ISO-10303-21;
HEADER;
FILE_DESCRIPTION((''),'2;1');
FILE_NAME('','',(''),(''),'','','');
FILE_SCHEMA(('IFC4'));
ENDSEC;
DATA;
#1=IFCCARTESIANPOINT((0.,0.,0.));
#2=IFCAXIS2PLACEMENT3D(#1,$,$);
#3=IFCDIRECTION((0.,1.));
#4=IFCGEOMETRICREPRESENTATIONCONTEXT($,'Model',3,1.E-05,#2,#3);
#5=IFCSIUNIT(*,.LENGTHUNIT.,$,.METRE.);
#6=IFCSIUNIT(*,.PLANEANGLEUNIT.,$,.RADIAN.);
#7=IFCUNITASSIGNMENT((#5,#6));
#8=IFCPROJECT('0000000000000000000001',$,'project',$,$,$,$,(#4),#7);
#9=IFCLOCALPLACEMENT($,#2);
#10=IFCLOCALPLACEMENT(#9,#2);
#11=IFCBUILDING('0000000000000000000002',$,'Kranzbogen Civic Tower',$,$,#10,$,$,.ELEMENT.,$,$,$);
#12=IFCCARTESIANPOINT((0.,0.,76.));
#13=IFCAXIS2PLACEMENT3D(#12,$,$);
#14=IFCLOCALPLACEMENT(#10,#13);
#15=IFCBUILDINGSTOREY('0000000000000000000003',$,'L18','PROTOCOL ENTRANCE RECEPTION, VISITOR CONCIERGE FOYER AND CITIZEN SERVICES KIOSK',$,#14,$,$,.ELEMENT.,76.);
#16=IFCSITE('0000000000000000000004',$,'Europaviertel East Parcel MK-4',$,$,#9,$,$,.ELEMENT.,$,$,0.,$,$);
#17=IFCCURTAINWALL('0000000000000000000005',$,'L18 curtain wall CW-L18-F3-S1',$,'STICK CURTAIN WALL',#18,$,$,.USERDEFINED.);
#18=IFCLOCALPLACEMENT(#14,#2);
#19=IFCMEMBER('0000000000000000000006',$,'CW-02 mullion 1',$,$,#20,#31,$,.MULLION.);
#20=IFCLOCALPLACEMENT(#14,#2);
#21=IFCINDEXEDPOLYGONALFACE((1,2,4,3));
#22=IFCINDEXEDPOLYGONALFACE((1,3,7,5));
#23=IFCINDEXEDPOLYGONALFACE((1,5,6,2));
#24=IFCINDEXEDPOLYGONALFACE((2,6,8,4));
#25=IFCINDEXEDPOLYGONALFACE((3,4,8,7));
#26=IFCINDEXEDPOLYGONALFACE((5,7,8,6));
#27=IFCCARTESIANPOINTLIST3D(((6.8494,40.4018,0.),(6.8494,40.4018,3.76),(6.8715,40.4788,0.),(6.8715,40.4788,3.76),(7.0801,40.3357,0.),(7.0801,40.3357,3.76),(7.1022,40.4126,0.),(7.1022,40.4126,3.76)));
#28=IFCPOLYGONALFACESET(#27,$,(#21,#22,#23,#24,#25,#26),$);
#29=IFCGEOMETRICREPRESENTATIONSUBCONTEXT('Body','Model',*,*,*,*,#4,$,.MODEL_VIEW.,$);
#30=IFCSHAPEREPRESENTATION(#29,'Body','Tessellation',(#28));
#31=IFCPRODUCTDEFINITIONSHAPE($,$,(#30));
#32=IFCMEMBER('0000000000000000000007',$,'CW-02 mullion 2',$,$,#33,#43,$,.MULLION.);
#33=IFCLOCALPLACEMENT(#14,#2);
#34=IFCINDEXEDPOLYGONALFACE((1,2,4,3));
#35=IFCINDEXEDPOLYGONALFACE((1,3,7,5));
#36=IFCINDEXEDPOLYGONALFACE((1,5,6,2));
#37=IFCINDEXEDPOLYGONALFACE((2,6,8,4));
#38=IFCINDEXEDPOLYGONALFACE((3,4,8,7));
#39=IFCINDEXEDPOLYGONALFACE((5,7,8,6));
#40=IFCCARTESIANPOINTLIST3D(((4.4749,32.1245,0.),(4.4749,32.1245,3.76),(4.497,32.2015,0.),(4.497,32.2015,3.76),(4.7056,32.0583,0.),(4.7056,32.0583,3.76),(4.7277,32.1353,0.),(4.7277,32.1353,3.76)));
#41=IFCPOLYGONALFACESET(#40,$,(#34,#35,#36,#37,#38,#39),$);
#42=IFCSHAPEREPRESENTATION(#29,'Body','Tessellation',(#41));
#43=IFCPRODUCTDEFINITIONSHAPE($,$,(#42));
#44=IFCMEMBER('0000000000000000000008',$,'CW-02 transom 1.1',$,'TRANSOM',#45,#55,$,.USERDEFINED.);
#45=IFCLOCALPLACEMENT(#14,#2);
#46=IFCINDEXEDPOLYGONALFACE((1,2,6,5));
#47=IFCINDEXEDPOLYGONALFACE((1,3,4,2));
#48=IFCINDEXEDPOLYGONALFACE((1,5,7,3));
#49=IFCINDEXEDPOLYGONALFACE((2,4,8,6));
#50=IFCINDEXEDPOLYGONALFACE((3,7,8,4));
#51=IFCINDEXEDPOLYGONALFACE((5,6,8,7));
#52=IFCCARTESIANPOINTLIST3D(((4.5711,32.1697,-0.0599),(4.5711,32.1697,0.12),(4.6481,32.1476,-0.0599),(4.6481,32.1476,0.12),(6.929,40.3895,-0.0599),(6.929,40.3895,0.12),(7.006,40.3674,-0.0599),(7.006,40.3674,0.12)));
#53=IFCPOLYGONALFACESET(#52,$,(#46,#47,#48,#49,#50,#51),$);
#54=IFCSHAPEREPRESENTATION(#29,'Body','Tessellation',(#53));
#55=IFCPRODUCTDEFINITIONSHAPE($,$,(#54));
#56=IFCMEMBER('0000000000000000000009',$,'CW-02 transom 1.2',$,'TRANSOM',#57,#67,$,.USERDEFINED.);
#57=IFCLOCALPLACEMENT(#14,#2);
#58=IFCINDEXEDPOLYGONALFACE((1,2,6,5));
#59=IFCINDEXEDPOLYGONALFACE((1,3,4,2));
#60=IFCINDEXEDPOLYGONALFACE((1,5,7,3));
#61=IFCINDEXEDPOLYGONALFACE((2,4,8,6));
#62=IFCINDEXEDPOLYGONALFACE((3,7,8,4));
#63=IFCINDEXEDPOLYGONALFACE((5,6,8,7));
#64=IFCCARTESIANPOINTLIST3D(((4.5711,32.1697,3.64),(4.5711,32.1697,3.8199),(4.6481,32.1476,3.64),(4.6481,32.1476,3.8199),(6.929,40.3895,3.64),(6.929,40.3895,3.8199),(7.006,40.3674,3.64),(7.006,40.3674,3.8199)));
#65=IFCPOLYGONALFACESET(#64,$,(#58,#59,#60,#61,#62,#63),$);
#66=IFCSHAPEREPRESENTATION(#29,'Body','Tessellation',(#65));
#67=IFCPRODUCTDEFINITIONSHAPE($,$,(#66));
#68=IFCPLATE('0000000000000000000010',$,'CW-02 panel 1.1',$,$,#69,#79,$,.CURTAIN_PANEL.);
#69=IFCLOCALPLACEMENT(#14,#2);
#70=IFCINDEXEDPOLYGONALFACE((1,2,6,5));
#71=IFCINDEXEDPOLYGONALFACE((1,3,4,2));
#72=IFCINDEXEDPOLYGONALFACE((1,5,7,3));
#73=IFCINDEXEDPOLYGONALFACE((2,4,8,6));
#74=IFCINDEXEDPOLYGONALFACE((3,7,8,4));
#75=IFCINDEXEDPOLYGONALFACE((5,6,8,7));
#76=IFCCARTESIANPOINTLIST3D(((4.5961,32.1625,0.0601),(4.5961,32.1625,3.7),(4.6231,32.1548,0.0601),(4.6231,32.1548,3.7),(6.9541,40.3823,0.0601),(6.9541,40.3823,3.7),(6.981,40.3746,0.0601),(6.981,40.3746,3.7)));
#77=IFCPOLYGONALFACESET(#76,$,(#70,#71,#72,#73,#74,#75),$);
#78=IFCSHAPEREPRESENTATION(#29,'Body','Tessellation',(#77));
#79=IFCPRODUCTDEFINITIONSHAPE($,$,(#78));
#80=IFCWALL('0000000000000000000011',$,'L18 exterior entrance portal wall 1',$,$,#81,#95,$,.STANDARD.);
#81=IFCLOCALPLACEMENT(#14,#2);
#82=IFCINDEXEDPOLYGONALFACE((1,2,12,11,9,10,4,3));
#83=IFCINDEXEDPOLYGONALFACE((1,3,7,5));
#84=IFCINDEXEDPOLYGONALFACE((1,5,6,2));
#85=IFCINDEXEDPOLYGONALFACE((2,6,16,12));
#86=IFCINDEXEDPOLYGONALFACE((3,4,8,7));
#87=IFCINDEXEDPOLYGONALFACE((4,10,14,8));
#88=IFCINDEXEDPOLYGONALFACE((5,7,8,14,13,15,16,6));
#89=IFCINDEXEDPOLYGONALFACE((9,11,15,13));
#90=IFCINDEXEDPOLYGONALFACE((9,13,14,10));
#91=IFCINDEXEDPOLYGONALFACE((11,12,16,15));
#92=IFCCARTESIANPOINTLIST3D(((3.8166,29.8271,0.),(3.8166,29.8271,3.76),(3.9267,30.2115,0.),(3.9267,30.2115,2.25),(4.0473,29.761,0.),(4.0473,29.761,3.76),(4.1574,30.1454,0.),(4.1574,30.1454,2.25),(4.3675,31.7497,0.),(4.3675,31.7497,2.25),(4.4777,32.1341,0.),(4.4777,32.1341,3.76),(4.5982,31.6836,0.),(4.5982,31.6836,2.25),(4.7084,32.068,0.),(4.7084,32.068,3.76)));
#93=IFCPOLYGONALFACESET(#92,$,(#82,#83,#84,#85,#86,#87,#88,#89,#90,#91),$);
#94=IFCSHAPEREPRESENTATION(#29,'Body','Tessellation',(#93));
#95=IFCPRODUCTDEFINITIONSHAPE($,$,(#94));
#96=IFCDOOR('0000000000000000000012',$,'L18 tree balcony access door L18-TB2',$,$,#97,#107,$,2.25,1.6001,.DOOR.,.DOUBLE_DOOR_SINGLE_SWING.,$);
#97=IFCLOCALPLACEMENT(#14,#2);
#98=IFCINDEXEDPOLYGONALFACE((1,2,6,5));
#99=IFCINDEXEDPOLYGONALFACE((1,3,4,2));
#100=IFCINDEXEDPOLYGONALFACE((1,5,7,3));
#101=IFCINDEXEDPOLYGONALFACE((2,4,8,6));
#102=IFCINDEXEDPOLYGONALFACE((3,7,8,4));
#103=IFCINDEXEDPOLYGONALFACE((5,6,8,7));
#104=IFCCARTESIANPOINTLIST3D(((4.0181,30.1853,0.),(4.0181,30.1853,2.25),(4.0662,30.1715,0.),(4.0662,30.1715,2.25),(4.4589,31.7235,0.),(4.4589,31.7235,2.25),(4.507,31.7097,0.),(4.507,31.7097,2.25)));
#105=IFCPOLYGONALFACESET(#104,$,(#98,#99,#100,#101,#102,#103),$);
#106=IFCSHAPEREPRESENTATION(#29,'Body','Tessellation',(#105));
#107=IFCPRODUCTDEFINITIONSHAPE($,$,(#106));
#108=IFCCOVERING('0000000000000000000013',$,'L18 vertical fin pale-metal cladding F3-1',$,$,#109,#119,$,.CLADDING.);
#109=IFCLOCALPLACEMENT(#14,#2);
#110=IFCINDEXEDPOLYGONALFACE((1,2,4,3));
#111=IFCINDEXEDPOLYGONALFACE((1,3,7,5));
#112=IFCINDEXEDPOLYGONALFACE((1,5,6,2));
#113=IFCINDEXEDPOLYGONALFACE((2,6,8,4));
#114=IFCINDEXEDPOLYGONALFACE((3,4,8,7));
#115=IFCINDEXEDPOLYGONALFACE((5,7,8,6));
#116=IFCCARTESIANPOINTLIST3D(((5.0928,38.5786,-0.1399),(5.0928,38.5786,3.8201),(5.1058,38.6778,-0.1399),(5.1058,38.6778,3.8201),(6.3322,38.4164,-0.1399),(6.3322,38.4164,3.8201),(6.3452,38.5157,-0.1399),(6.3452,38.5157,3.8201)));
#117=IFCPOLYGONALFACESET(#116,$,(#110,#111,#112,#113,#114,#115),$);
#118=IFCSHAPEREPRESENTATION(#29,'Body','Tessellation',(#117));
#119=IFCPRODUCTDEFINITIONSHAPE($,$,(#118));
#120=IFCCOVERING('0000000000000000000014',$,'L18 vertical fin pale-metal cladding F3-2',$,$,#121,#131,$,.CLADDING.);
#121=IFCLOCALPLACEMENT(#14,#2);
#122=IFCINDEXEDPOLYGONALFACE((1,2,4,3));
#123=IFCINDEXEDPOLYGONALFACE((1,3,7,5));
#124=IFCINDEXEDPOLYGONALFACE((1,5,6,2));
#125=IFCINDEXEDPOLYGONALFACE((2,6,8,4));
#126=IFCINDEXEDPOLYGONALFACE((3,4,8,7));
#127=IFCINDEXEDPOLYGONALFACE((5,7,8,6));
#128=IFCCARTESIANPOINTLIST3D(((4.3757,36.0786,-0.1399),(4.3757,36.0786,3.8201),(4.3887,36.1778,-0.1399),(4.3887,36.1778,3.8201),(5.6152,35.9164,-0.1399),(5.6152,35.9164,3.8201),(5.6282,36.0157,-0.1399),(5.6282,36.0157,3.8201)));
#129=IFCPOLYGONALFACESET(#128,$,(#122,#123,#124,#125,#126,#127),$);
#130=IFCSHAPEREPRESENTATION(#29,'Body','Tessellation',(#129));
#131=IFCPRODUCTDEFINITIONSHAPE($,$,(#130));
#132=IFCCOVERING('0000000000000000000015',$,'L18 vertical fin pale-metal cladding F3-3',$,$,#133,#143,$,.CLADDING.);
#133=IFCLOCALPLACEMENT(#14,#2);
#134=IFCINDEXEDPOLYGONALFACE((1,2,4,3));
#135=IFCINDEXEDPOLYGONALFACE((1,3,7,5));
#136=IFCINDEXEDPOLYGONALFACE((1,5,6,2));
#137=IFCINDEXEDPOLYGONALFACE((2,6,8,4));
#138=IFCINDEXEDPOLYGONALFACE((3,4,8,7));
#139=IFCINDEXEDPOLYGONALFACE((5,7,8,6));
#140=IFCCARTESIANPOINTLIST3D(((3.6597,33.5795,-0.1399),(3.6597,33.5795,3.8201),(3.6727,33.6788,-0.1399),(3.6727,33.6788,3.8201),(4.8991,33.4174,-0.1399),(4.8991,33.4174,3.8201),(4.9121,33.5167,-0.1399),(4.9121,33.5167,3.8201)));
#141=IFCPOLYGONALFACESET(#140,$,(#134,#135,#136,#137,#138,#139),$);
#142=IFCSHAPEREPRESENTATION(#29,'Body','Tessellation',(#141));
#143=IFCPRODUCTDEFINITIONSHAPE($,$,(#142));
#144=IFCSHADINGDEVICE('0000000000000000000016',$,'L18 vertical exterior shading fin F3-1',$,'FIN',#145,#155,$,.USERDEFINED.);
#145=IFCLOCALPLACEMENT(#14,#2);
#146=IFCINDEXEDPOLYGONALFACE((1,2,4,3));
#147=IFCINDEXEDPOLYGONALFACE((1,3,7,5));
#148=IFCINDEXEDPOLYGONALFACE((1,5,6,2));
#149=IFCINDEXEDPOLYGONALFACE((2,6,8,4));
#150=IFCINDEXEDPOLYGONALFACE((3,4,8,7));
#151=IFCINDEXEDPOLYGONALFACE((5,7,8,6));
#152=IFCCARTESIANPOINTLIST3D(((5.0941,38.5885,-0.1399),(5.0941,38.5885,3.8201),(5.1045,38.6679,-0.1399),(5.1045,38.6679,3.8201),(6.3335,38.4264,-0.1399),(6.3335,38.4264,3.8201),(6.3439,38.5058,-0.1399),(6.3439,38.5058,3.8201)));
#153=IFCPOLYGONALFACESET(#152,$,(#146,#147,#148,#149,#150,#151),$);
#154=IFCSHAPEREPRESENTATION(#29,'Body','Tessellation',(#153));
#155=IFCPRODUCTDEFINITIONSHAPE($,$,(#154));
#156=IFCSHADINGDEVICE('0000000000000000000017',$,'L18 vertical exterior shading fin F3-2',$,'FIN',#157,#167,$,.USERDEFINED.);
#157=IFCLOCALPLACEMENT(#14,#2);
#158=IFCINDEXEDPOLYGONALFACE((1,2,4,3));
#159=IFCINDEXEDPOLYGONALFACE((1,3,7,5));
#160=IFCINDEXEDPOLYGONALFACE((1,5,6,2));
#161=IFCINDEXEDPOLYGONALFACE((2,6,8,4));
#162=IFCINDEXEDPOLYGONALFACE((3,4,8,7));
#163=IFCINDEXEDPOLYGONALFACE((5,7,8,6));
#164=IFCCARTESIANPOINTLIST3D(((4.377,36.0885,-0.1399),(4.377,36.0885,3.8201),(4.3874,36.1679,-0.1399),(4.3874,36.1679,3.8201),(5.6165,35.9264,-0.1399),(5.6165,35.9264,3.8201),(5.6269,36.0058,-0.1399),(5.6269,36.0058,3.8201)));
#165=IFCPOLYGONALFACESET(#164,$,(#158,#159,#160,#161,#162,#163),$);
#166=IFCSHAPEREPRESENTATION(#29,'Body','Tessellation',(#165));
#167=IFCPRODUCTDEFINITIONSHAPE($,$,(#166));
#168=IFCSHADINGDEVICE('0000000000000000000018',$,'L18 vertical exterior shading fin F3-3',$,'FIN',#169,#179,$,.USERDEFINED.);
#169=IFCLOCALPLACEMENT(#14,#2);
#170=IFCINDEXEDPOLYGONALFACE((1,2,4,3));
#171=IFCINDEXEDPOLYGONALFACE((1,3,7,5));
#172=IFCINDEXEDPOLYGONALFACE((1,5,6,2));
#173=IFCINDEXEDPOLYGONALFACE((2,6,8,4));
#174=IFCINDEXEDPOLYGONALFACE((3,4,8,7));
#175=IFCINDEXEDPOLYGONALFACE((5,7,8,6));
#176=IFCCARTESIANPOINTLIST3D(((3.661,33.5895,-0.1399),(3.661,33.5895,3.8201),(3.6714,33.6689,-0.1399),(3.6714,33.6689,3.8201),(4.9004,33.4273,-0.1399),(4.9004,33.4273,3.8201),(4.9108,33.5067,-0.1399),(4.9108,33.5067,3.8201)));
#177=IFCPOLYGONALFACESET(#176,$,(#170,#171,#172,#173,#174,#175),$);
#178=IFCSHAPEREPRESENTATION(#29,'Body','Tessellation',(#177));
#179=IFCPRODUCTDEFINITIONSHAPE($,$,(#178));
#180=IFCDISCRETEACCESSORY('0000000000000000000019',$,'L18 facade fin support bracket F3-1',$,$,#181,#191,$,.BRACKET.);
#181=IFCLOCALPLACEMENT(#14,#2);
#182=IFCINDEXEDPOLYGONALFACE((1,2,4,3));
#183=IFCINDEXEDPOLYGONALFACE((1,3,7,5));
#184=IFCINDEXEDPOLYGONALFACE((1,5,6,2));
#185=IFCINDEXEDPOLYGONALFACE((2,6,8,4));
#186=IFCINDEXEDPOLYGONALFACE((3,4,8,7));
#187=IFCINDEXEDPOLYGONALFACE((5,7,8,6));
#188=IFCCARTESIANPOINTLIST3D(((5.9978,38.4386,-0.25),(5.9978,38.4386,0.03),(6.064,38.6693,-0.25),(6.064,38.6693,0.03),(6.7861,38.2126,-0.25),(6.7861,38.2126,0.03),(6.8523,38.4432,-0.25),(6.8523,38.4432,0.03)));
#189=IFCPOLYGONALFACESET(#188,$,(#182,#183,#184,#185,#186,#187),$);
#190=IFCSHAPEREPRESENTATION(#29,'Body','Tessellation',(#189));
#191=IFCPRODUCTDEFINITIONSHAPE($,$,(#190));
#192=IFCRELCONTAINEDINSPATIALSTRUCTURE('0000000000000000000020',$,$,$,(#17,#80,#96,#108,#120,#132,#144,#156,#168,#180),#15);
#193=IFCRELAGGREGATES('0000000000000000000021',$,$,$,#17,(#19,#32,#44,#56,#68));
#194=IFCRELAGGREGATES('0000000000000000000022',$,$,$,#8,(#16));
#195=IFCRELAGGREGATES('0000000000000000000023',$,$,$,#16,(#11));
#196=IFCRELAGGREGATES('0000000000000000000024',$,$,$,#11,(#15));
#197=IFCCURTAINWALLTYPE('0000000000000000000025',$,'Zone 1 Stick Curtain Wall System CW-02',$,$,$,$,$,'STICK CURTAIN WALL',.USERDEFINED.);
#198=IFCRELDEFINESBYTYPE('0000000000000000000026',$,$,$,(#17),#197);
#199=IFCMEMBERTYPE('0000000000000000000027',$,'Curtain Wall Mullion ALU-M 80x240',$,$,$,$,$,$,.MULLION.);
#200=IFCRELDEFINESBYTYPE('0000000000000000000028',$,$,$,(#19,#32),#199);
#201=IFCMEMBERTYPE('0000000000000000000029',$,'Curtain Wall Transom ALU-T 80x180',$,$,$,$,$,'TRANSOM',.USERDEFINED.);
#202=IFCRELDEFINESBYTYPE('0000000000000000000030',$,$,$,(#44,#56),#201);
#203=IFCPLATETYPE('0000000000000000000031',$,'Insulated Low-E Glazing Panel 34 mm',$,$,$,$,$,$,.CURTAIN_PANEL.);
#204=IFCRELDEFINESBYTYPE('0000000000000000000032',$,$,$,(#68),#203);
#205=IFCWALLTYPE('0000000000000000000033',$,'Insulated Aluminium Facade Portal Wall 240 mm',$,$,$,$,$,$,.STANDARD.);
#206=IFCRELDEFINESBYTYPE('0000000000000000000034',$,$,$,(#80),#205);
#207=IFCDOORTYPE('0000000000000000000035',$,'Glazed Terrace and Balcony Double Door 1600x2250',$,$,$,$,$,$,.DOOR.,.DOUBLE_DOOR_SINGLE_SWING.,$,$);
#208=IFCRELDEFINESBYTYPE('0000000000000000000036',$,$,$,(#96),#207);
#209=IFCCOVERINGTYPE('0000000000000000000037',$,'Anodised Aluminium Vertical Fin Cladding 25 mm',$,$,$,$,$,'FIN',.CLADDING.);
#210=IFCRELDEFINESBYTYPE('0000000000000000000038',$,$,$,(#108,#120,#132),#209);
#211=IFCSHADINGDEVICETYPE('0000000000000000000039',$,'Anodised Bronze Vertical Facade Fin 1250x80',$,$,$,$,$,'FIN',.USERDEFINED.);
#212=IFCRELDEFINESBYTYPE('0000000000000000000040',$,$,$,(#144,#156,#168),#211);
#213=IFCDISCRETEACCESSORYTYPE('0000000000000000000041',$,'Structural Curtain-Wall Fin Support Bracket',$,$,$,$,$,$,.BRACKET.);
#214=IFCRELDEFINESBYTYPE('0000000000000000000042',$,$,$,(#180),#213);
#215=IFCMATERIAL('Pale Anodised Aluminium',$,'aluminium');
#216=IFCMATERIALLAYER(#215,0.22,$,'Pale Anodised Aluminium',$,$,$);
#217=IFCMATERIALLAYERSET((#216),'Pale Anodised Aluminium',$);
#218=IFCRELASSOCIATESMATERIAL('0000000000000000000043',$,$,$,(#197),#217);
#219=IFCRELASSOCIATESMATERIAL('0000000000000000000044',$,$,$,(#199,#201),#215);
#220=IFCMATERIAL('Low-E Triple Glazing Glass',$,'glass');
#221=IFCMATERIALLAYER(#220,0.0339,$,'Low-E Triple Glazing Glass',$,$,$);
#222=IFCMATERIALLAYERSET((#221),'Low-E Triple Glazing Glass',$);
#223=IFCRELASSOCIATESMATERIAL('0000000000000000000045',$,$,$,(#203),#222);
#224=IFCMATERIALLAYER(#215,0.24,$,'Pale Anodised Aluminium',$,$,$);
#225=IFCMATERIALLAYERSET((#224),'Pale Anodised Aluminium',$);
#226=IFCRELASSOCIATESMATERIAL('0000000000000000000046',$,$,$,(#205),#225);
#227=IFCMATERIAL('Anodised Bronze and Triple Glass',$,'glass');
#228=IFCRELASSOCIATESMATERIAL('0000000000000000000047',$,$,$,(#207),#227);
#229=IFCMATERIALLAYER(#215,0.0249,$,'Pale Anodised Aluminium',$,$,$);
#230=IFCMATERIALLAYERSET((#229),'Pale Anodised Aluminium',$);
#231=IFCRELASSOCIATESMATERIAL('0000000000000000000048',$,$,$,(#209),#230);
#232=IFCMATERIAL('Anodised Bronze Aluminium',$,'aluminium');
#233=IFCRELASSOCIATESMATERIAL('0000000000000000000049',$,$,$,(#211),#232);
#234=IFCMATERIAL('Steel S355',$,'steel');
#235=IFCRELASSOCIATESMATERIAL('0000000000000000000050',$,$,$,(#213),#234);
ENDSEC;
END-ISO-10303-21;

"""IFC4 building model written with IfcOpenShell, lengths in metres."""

from ifc_helpers import new_model, si_unit, direction, frame, frame_2d, origin, origin_2d, place, context, subcontext, project, spatial, rectangle, extrude, material, layer, layer_set, material_profile, profile_set, type_object, element, fill, aggregate, save


model = new_model("IFC4")

# Units and contexts
model_context = context("Model", 3, precision=1e-05, world=origin(), true_north=direction((0.0, 1.0)))
body_context = subcontext(model_context, "Body", "Model", "MODEL_VIEW")
ifc_project = project(units=[si_unit("LENGTHUNIT", "METRE"), si_unit("PLANEANGLEUNIT", "RADIAN")], contexts=[model_context])

# Site, building, storey
site_placement = place(None, origin())
site = spatial("IfcSite", under=ifc_project, at=site_placement, Name="Europaviertel East Parcel MK-4", CompositionType="ELEMENT", RefElevation=0.0)
building_placement = place(site_placement, origin())
building = spatial("IfcBuilding", under=site, at=building_placement, Name="Kranzbogen Civic Tower", CompositionType="ELEMENT")
storey_placement = place(building_placement, frame((0.0, 0.0, 76.0)))
storey = spatial("IfcBuildingStorey", under=building, at=storey_placement, Name="L18", Description="PROTOCOL ENTRANCE RECEPTION, VISITOR CONCIERGE FOYER AND CITIZEN SERVICES KIOSK", CompositionType="ELEMENT", Elevation=76.0)

# Curtain wall, members, plate
ifc_material_1 = material(Name="Pale Anodised Aluminium", Category="aluminium")
ifc_layer_1 = layer(ifc_material_1, 0.22, Name="Pale Anodised Aluminium")
ifc_layer_set_1 = layer_set([ifc_layer_1], Name="Pale Anodised Aluminium")
curtain_wall_type = type_object("IfcCurtainWallType", Name="Zone 1 Stick Curtain Wall System CW-02", ElementType="STICK CURTAIN WALL", PredefinedType="USERDEFINED", material=ifc_layer_set_1)
curtain_wall_placement = place(storey_placement, origin())
curtain_wall = element("IfcCurtainWall", 1, at=curtain_wall_placement, inside=storey, type_object=curtain_wall_type, Name="L18 curtain wall CW-L18-F3-S1", ObjectType="STICK CURTAIN WALL", PredefinedType="USERDEFINED")
ifc_material_profile_1 = material_profile(ifc_material_1, rectangle(XDim=0.0801, YDim=0.24, at=origin_2d()), Name="ALU-M 80x240")
ifc_profile_set_1 = profile_set([ifc_material_profile_1], Name="Pale Anodised Aluminium")
member_type_1 = type_object("IfcMemberType", Name="Curtain Wall Mullion ALU-M 80x240", PredefinedType="MULLION", material=ifc_profile_set_1)
member_1_placement = place(storey_placement, frame((6.9758, 40.4072, 0.0), z_axis=(0.0, 0.0, 1.0), x_axis=(-0.275741, -0.961232, 0.0)))
member_1 = element("IfcMember", 2, at=member_1_placement, type_object=member_type_1, Name="CW-02 mullion 1", PredefinedType="MULLION", context=body_context, shape_type="SweptSolid", body=[
    extrude(rectangle(XDim=0.0801, YDim=0.24, at=origin_2d()), origin(), (0.0, 0.0, 1.0), 3.76),
])
member_2_placement = place(storey_placement, frame((4.6013, 32.1299, 0.0), z_axis=(0.0, 0.0, 1.0), x_axis=(-0.275741, -0.961232, 0.0)))
member_2 = element("IfcMember", 3, at=member_2_placement, type_object=member_type_1, Name="CW-02 mullion 2", PredefinedType="MULLION", context=body_context, shape_type="SweptSolid", body=[
    extrude(rectangle(XDim=0.0801, YDim=0.24, at=origin_2d()), origin(), (0.0, 0.0, 1.0), 3.76),
])
ifc_material_profile_2 = material_profile(ifc_material_1, rectangle(XDim=0.0801, YDim=0.1799, at=origin_2d()), Name="ALU-T 80x180")
ifc_profile_set_2 = profile_set([ifc_material_profile_2], Name="Pale Anodised Aluminium")
member_type_2 = type_object("IfcMemberType", Name="Curtain Wall Transom ALU-T 80x180", ElementType="TRANSOM", PredefinedType="USERDEFINED", material=ifc_profile_set_2)
member_3_placement = place(storey_placement, frame((6.9675, 40.3784, 0.03), z_axis=(-0.275739, -0.961233, 0.0), x_axis=(0.961233, -0.275739, 0.0)))
member_3 = element("IfcMember", 4, at=member_3_placement, type_object=member_type_2, Name="CW-02 transom 1.1", ObjectType="TRANSOM", PredefinedType="USERDEFINED", context=body_context, shape_type="SweptSolid", body=[
    extrude(rectangle(XDim=0.0801, YDim=0.1799, at=origin_2d()), origin(), (0.0, 0.0, 1.0), 8.5513),
])
member_4_placement = place(storey_placement, frame((6.9675, 40.3784, 3.73), z_axis=(-0.275739, -0.961233, 0.0), x_axis=(0.961233, -0.275739, 0.0)))
member_4 = element("IfcMember", 5, at=member_4_placement, type_object=member_type_2, Name="CW-02 transom 1.2", ObjectType="TRANSOM", PredefinedType="USERDEFINED", context=body_context, shape_type="SweptSolid", body=[
    extrude(rectangle(XDim=0.0801, YDim=0.1799, at=origin_2d()), origin(), (0.0, 0.0, 1.0), 8.5513),
])
ifc_material_2 = material(Name="Low-E Triple Glazing Glass", Category="glass")
ifc_layer_2 = layer(ifc_material_2, 0.0339, Name="Low-E Triple Glazing Glass")
ifc_layer_set_2 = layer_set([ifc_layer_2], Name="Low-E Triple Glazing Glass")
plate_type = type_object("IfcPlateType", Name="Insulated Low-E Glazing Panel 34 mm", PredefinedType="CURTAIN_PANEL", material=ifc_layer_set_2)
plate_placement = place(storey_placement, frame((5.7886, 36.2686, 0.0601), z_axis=(0.0, 0.0, 1.0), x_axis=(-0.275741, -0.961232, 0.0)))
plate = element("IfcPlate", 6, at=plate_placement, type_object=plate_type, Name="CW-02 panel 1.1", PredefinedType="CURTAIN_PANEL", context=body_context, shape_type="SweptSolid", body=[
    extrude(rectangle(XDim=8.5513, YDim=0.0281, at=origin_2d()), origin(), (0.0, 0.0, 1.0), 3.6399),
])
aggregate(curtain_wall, [member_1, member_2, member_3, member_4, plate])

# Wall, opening, door
ifc_layer_3 = layer(ifc_material_1, 0.24, Name="Pale Anodised Aluminium")
ifc_layer_set_3 = layer_set([ifc_layer_3], Name="Pale Anodised Aluminium")
wall_type = type_object("IfcWallType", Name="Insulated Aluminium Facade Portal Wall 240 mm", PredefinedType="STANDARD", material=ifc_layer_set_3)
wall_placement = place(storey_placement, frame((4.593, 32.1011, 0.0), z_axis=(0.0, 0.0, 1.0), x_axis=(-0.275473, -0.961309, 0.0)))
wall = element("IfcWall", 7, at=wall_placement, inside=storey, type_object=wall_type, Name="L18 exterior entrance portal wall 1", PredefinedType="STANDARD", context=body_context, shape_type="SweptSolid", body=[
    extrude(rectangle(XDim=2.3999, YDim=0.24, at=frame_2d((1.2, 0.0))), origin(), (0.0, 0.0, 1.0), 3.76),
])
opening_placement = place(wall_placement, frame((0.3999, 0.0, 0.0)))
opening = element("IfcOpeningElement", 8, at=opening_placement, cuts=wall, PredefinedType="OPENING", context=body_context, shape_type="SweptSolid", body=[
    extrude(rectangle(XDim=1.6001, YDim=2.25, at=frame_2d((0.8, 1.125))), frame((0.0, 0.1299, 0.0), z_axis=(0.0, -1.0, 0.0), x_axis=(1.0, 0.0, 0.0)), (0.0, 0.0, 1.0), 0.26),
])
ifc_material_3 = material(Name="Anodised Bronze and Triple Glass", Category="glass")
door_type = type_object("IfcDoorType", Name="Glazed Terrace and Balcony Double Door 1600x2250", OperationType="DOUBLE_DOOR_SINGLE_SWING", PredefinedType="DOOR", material=ifc_material_3)
door_placement = place(opening_placement, frame((1.6001, 0.0, 0.0), z_axis=(0.0, 0.0, 1.0), x_axis=(-1.0, 0.0, 0.0)))
door = element("IfcDoor", 9, at=door_placement, inside=storey, type_object=door_type, Name="L18 tree balcony access door L18-TB2", OperationType="DOUBLE_DOOR_SINGLE_SWING", OverallHeight=2.25, OverallWidth=1.6001, PredefinedType="DOOR", context=body_context, shape_type="SweptSolid", body=[
    extrude(rectangle(XDim=1.6001, YDim=2.25, at=frame_2d((0.8, 1.125))), frame((0.0, 0.0249, 0.0), z_axis=(0.0, -1.0, 0.0), x_axis=(1.0, 0.0, 0.0)), (0.0, 0.0, 1.0), 0.05),
])
fill(opening, door)

# Coverings
ifc_layer_4 = layer(ifc_material_1, 0.0249, Name="Pale Anodised Aluminium")
ifc_layer_set_4 = layer_set([ifc_layer_4], Name="Pale Anodised Aluminium")
covering_type = type_object("IfcCoveringType", Name="Anodised Aluminium Vertical Fin Cladding 25 mm", ElementType="FIN", PredefinedType="CLADDING", material=ifc_layer_set_4)
for number, where, z_axis, x_axis, name in (
    (10, (5.719, 38.5471, -0.1399), (0.0, 0.0, 1.0), (-0.991554, 0.129696, 0.0), "L18 vertical fin pale-metal cladding F3-1"),
    (11, (5.002, 36.0471, -0.1399), (0.0, 0.0, 1.0), (-0.991554, 0.129696, 0.0), "L18 vertical fin pale-metal cladding F3-2"),
    (12, (4.2859, 33.5481, -0.1399), (0.0, 0.0, 1.0), (-0.991554, 0.129696, 0.0), "L18 vertical fin pale-metal cladding F3-3"),
):
    element("IfcCovering", number, at=place(storey_placement, frame(where, z_axis=z_axis, x_axis=x_axis)), inside=storey, type_object=covering_type, Name=name, PredefinedType="CLADDING", context=body_context, shape_type="SweptSolid", body=[
        extrude(rectangle(XDim=1.25, YDim=0.1001, at=origin_2d()), origin(), (0.0, 0.0, 1.0), 3.96),
    ])

# Shading devices
ifc_material_4 = material(Name="Anodised Bronze Aluminium", Category="aluminium")
shading_device_type = type_object("IfcShadingDeviceType", Name="Anodised Bronze Vertical Facade Fin 1250x80", ElementType="FIN", PredefinedType="USERDEFINED", material=ifc_material_4)
for number, where, z_axis, x_axis, name in (
    (13, (5.719, 38.5471, -0.1399), (0.0, 0.0, 1.0), (-0.991554, 0.129696, 0.0), "L18 vertical exterior shading fin F3-1"),
    (14, (5.002, 36.0471, -0.1399), (0.0, 0.0, 1.0), (-0.991554, 0.129696, 0.0), "L18 vertical exterior shading fin F3-2"),
    (15, (4.2859, 33.5481, -0.1399), (0.0, 0.0, 1.0), (-0.991554, 0.129696, 0.0), "L18 vertical exterior shading fin F3-3"),
):
    element("IfcShadingDevice", number, at=place(storey_placement, frame(where, z_axis=z_axis, x_axis=x_axis)), inside=storey, type_object=shading_device_type, Name=name, ObjectType="FIN", PredefinedType="USERDEFINED", context=body_context, shape_type="SweptSolid", body=[
        extrude(rectangle(XDim=1.25, YDim=0.0801, at=origin_2d()), origin(), (0.0, 0.0, 1.0), 3.96),
    ])

# Discrete accessory
ifc_material_5 = material(Name="Steel S355", Category="steel")
discrete_accessory_type = type_object("IfcDiscreteAccessoryType", Name="Structural Curtain-Wall Fin Support Bracket", PredefinedType="BRACKET", material=ifc_material_5)
for number, where, z_axis, x_axis, name in (
    (16, (6.425, 38.4409, -0.25), (0.0, 0.0, 1.0), (-0.961262, 0.275637, 0.0), "L18 facade fin support bracket F3-1"),
):
    element("IfcDiscreteAccessory", number, at=place(storey_placement, frame(where, z_axis=z_axis, x_axis=x_axis)), inside=storey, type_object=discrete_accessory_type, Name=name, PredefinedType="BRACKET", context=body_context, shape_type="SweptSolid", body=[
        extrude(rectangle(XDim=0.8201, YDim=0.24, at=origin_2d()), origin(), (0.0, 0.0, 1.0), 0.28),
    ])

save(model, "model.ifc")
